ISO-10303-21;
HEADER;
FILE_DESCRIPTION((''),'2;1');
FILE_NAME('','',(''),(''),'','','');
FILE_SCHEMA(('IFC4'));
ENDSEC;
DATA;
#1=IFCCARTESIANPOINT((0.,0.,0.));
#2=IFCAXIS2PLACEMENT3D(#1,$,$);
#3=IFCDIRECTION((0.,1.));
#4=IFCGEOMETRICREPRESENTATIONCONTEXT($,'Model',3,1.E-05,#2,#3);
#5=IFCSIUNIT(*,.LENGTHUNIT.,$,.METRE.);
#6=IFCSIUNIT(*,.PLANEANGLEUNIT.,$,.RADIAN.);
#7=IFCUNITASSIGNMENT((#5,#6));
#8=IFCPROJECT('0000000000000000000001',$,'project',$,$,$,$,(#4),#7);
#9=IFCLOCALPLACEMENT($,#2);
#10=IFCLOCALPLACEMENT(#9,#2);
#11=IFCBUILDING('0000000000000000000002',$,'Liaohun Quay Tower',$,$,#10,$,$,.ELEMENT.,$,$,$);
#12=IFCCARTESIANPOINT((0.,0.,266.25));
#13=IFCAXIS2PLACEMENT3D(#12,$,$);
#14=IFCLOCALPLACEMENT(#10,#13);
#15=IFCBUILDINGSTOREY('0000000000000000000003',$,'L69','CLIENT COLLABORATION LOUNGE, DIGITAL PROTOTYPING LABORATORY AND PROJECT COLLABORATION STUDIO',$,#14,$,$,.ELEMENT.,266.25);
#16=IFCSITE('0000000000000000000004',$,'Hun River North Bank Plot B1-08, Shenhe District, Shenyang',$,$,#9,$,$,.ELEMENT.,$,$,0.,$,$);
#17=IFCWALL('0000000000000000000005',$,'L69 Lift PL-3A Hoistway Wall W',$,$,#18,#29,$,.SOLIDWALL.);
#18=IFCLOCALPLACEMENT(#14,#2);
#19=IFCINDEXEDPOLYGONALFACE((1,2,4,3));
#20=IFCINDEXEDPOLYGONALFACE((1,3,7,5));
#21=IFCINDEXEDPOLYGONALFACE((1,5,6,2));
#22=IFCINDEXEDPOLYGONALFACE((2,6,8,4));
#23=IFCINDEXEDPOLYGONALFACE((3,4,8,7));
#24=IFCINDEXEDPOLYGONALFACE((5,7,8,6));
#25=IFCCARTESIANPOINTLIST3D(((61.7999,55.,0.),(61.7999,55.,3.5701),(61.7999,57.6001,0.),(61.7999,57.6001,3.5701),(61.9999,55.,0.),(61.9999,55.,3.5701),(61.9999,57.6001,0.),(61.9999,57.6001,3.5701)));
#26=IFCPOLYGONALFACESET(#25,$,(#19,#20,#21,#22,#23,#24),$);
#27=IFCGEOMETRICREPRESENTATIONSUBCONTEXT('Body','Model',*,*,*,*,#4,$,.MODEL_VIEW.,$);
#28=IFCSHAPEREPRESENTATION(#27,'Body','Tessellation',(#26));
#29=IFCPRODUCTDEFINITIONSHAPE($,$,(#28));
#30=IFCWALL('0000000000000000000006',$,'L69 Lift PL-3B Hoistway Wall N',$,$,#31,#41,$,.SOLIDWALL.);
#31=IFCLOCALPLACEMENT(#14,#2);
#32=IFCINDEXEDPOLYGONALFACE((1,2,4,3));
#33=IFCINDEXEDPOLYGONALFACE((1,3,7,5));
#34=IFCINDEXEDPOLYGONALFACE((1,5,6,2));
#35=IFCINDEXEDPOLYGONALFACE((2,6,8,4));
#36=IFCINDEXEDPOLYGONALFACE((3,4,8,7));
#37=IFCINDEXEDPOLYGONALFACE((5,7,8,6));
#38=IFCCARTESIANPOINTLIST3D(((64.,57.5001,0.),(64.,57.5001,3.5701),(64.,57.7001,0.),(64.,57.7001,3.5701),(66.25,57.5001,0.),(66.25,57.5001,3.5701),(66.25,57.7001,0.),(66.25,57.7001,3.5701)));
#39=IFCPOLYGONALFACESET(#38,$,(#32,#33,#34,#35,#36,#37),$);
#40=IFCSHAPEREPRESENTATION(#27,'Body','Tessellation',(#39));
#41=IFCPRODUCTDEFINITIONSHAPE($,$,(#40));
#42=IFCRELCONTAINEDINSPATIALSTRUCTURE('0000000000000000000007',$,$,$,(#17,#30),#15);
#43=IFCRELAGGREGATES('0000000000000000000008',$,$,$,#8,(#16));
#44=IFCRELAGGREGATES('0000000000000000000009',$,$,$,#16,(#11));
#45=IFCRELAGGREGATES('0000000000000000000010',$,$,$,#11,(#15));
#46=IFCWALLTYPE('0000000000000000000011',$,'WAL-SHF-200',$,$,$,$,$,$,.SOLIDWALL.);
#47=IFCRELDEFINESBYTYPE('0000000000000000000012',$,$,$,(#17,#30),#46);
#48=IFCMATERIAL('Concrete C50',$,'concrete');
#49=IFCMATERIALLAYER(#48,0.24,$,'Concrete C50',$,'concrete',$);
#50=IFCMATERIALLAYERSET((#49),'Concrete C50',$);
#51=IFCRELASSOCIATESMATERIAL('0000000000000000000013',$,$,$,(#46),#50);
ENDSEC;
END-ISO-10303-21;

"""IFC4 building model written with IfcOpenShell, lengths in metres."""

from ifc_helpers import new_model, si_unit, direction, frame, frame_2d, origin, place, context, subcontext, project, spatial, rectangle, extrude, material, layer, layer_set, type_object, element, save


model = new_model("IFC4")

# Units and contexts
model_context = context("Model", 3, precision=1e-05, world=origin(), true_north=direction((0.0, 1.0)))
body_context = subcontext(model_context, "Body", "Model", "MODEL_VIEW")
ifc_project = project(units=[si_unit("LENGTHUNIT", "METRE"), si_unit("PLANEANGLEUNIT", "RADIAN")], contexts=[model_context])

# Site, building, storey
site_placement = place(None, origin())
site = spatial("IfcSite", under=ifc_project, at=site_placement, Name="Hun River North Bank Plot B1-08, Shenhe District, Shenyang", CompositionType="ELEMENT", RefElevation=0.0)
building_placement = place(site_placement, origin())
building = spatial("IfcBuilding", under=site, at=building_placement, Name="Liaohun Quay Tower", CompositionType="ELEMENT")
storey_placement = place(building_placement, frame((0.0, 0.0, 266.25)))
storey = spatial("IfcBuildingStorey", under=building, at=storey_placement, Name="L69", Description="CLIENT COLLABORATION LOUNGE, DIGITAL PROTOTYPING LABORATORY AND PROJECT COLLABORATION STUDIO", CompositionType="ELEMENT", Elevation=266.25)

# Walls
ifc_material_1 = material(Name="Concrete C50", Category="concrete")
ifc_layer_1 = layer(ifc_material_1, 0.24, Name="Concrete C50", Category="concrete")
ifc_layer_set_1 = layer_set([ifc_layer_1], Name="Concrete C50")
wall_type_1 = type_object("IfcWallType", Name="WAL-SHF-200", PredefinedType="SOLIDWALL", material=ifc_layer_set_1)
wall_1_placement = place(storey_placement, frame((61.8999, 57.6001, 0.0), z_axis=(0.0, 0.0, 1.0), x_axis=(0.0, -1.0, 0.0)))
element("IfcWall", 1, at=wall_1_placement, inside=storey, type_object=wall_type_1, Name="L69 Lift PL-3A Hoistway Wall W", PredefinedType="SOLIDWALL", context=body_context, shape_type="SweptSolid", body=[
    extrude(rectangle(XDim=2.6001, YDim=0.2, at=frame_2d((1.3, 0.0))), origin(), (0.0, 0.0, 1.0), 3.5701),
])
wall_2_placement = place(storey_placement, frame((66.25, 57.6001, 0.0), z_axis=(0.0, 0.0, 1.0), x_axis=(-1.0, 0.0, 0.0)))
element("IfcWall", 2, at=wall_2_placement, inside=storey, type_object=wall_type_1, Name="L69 Lift PL-3B Hoistway Wall N", PredefinedType="SOLIDWALL", context=body_context, shape_type="SweptSolid", body=[
    extrude(rectangle(XDim=2.25, YDim=0.2, at=frame_2d((1.125, 0.0))), origin(), (0.0, 0.0, 1.0), 3.5701),
])

save(model, "model.ifc")
